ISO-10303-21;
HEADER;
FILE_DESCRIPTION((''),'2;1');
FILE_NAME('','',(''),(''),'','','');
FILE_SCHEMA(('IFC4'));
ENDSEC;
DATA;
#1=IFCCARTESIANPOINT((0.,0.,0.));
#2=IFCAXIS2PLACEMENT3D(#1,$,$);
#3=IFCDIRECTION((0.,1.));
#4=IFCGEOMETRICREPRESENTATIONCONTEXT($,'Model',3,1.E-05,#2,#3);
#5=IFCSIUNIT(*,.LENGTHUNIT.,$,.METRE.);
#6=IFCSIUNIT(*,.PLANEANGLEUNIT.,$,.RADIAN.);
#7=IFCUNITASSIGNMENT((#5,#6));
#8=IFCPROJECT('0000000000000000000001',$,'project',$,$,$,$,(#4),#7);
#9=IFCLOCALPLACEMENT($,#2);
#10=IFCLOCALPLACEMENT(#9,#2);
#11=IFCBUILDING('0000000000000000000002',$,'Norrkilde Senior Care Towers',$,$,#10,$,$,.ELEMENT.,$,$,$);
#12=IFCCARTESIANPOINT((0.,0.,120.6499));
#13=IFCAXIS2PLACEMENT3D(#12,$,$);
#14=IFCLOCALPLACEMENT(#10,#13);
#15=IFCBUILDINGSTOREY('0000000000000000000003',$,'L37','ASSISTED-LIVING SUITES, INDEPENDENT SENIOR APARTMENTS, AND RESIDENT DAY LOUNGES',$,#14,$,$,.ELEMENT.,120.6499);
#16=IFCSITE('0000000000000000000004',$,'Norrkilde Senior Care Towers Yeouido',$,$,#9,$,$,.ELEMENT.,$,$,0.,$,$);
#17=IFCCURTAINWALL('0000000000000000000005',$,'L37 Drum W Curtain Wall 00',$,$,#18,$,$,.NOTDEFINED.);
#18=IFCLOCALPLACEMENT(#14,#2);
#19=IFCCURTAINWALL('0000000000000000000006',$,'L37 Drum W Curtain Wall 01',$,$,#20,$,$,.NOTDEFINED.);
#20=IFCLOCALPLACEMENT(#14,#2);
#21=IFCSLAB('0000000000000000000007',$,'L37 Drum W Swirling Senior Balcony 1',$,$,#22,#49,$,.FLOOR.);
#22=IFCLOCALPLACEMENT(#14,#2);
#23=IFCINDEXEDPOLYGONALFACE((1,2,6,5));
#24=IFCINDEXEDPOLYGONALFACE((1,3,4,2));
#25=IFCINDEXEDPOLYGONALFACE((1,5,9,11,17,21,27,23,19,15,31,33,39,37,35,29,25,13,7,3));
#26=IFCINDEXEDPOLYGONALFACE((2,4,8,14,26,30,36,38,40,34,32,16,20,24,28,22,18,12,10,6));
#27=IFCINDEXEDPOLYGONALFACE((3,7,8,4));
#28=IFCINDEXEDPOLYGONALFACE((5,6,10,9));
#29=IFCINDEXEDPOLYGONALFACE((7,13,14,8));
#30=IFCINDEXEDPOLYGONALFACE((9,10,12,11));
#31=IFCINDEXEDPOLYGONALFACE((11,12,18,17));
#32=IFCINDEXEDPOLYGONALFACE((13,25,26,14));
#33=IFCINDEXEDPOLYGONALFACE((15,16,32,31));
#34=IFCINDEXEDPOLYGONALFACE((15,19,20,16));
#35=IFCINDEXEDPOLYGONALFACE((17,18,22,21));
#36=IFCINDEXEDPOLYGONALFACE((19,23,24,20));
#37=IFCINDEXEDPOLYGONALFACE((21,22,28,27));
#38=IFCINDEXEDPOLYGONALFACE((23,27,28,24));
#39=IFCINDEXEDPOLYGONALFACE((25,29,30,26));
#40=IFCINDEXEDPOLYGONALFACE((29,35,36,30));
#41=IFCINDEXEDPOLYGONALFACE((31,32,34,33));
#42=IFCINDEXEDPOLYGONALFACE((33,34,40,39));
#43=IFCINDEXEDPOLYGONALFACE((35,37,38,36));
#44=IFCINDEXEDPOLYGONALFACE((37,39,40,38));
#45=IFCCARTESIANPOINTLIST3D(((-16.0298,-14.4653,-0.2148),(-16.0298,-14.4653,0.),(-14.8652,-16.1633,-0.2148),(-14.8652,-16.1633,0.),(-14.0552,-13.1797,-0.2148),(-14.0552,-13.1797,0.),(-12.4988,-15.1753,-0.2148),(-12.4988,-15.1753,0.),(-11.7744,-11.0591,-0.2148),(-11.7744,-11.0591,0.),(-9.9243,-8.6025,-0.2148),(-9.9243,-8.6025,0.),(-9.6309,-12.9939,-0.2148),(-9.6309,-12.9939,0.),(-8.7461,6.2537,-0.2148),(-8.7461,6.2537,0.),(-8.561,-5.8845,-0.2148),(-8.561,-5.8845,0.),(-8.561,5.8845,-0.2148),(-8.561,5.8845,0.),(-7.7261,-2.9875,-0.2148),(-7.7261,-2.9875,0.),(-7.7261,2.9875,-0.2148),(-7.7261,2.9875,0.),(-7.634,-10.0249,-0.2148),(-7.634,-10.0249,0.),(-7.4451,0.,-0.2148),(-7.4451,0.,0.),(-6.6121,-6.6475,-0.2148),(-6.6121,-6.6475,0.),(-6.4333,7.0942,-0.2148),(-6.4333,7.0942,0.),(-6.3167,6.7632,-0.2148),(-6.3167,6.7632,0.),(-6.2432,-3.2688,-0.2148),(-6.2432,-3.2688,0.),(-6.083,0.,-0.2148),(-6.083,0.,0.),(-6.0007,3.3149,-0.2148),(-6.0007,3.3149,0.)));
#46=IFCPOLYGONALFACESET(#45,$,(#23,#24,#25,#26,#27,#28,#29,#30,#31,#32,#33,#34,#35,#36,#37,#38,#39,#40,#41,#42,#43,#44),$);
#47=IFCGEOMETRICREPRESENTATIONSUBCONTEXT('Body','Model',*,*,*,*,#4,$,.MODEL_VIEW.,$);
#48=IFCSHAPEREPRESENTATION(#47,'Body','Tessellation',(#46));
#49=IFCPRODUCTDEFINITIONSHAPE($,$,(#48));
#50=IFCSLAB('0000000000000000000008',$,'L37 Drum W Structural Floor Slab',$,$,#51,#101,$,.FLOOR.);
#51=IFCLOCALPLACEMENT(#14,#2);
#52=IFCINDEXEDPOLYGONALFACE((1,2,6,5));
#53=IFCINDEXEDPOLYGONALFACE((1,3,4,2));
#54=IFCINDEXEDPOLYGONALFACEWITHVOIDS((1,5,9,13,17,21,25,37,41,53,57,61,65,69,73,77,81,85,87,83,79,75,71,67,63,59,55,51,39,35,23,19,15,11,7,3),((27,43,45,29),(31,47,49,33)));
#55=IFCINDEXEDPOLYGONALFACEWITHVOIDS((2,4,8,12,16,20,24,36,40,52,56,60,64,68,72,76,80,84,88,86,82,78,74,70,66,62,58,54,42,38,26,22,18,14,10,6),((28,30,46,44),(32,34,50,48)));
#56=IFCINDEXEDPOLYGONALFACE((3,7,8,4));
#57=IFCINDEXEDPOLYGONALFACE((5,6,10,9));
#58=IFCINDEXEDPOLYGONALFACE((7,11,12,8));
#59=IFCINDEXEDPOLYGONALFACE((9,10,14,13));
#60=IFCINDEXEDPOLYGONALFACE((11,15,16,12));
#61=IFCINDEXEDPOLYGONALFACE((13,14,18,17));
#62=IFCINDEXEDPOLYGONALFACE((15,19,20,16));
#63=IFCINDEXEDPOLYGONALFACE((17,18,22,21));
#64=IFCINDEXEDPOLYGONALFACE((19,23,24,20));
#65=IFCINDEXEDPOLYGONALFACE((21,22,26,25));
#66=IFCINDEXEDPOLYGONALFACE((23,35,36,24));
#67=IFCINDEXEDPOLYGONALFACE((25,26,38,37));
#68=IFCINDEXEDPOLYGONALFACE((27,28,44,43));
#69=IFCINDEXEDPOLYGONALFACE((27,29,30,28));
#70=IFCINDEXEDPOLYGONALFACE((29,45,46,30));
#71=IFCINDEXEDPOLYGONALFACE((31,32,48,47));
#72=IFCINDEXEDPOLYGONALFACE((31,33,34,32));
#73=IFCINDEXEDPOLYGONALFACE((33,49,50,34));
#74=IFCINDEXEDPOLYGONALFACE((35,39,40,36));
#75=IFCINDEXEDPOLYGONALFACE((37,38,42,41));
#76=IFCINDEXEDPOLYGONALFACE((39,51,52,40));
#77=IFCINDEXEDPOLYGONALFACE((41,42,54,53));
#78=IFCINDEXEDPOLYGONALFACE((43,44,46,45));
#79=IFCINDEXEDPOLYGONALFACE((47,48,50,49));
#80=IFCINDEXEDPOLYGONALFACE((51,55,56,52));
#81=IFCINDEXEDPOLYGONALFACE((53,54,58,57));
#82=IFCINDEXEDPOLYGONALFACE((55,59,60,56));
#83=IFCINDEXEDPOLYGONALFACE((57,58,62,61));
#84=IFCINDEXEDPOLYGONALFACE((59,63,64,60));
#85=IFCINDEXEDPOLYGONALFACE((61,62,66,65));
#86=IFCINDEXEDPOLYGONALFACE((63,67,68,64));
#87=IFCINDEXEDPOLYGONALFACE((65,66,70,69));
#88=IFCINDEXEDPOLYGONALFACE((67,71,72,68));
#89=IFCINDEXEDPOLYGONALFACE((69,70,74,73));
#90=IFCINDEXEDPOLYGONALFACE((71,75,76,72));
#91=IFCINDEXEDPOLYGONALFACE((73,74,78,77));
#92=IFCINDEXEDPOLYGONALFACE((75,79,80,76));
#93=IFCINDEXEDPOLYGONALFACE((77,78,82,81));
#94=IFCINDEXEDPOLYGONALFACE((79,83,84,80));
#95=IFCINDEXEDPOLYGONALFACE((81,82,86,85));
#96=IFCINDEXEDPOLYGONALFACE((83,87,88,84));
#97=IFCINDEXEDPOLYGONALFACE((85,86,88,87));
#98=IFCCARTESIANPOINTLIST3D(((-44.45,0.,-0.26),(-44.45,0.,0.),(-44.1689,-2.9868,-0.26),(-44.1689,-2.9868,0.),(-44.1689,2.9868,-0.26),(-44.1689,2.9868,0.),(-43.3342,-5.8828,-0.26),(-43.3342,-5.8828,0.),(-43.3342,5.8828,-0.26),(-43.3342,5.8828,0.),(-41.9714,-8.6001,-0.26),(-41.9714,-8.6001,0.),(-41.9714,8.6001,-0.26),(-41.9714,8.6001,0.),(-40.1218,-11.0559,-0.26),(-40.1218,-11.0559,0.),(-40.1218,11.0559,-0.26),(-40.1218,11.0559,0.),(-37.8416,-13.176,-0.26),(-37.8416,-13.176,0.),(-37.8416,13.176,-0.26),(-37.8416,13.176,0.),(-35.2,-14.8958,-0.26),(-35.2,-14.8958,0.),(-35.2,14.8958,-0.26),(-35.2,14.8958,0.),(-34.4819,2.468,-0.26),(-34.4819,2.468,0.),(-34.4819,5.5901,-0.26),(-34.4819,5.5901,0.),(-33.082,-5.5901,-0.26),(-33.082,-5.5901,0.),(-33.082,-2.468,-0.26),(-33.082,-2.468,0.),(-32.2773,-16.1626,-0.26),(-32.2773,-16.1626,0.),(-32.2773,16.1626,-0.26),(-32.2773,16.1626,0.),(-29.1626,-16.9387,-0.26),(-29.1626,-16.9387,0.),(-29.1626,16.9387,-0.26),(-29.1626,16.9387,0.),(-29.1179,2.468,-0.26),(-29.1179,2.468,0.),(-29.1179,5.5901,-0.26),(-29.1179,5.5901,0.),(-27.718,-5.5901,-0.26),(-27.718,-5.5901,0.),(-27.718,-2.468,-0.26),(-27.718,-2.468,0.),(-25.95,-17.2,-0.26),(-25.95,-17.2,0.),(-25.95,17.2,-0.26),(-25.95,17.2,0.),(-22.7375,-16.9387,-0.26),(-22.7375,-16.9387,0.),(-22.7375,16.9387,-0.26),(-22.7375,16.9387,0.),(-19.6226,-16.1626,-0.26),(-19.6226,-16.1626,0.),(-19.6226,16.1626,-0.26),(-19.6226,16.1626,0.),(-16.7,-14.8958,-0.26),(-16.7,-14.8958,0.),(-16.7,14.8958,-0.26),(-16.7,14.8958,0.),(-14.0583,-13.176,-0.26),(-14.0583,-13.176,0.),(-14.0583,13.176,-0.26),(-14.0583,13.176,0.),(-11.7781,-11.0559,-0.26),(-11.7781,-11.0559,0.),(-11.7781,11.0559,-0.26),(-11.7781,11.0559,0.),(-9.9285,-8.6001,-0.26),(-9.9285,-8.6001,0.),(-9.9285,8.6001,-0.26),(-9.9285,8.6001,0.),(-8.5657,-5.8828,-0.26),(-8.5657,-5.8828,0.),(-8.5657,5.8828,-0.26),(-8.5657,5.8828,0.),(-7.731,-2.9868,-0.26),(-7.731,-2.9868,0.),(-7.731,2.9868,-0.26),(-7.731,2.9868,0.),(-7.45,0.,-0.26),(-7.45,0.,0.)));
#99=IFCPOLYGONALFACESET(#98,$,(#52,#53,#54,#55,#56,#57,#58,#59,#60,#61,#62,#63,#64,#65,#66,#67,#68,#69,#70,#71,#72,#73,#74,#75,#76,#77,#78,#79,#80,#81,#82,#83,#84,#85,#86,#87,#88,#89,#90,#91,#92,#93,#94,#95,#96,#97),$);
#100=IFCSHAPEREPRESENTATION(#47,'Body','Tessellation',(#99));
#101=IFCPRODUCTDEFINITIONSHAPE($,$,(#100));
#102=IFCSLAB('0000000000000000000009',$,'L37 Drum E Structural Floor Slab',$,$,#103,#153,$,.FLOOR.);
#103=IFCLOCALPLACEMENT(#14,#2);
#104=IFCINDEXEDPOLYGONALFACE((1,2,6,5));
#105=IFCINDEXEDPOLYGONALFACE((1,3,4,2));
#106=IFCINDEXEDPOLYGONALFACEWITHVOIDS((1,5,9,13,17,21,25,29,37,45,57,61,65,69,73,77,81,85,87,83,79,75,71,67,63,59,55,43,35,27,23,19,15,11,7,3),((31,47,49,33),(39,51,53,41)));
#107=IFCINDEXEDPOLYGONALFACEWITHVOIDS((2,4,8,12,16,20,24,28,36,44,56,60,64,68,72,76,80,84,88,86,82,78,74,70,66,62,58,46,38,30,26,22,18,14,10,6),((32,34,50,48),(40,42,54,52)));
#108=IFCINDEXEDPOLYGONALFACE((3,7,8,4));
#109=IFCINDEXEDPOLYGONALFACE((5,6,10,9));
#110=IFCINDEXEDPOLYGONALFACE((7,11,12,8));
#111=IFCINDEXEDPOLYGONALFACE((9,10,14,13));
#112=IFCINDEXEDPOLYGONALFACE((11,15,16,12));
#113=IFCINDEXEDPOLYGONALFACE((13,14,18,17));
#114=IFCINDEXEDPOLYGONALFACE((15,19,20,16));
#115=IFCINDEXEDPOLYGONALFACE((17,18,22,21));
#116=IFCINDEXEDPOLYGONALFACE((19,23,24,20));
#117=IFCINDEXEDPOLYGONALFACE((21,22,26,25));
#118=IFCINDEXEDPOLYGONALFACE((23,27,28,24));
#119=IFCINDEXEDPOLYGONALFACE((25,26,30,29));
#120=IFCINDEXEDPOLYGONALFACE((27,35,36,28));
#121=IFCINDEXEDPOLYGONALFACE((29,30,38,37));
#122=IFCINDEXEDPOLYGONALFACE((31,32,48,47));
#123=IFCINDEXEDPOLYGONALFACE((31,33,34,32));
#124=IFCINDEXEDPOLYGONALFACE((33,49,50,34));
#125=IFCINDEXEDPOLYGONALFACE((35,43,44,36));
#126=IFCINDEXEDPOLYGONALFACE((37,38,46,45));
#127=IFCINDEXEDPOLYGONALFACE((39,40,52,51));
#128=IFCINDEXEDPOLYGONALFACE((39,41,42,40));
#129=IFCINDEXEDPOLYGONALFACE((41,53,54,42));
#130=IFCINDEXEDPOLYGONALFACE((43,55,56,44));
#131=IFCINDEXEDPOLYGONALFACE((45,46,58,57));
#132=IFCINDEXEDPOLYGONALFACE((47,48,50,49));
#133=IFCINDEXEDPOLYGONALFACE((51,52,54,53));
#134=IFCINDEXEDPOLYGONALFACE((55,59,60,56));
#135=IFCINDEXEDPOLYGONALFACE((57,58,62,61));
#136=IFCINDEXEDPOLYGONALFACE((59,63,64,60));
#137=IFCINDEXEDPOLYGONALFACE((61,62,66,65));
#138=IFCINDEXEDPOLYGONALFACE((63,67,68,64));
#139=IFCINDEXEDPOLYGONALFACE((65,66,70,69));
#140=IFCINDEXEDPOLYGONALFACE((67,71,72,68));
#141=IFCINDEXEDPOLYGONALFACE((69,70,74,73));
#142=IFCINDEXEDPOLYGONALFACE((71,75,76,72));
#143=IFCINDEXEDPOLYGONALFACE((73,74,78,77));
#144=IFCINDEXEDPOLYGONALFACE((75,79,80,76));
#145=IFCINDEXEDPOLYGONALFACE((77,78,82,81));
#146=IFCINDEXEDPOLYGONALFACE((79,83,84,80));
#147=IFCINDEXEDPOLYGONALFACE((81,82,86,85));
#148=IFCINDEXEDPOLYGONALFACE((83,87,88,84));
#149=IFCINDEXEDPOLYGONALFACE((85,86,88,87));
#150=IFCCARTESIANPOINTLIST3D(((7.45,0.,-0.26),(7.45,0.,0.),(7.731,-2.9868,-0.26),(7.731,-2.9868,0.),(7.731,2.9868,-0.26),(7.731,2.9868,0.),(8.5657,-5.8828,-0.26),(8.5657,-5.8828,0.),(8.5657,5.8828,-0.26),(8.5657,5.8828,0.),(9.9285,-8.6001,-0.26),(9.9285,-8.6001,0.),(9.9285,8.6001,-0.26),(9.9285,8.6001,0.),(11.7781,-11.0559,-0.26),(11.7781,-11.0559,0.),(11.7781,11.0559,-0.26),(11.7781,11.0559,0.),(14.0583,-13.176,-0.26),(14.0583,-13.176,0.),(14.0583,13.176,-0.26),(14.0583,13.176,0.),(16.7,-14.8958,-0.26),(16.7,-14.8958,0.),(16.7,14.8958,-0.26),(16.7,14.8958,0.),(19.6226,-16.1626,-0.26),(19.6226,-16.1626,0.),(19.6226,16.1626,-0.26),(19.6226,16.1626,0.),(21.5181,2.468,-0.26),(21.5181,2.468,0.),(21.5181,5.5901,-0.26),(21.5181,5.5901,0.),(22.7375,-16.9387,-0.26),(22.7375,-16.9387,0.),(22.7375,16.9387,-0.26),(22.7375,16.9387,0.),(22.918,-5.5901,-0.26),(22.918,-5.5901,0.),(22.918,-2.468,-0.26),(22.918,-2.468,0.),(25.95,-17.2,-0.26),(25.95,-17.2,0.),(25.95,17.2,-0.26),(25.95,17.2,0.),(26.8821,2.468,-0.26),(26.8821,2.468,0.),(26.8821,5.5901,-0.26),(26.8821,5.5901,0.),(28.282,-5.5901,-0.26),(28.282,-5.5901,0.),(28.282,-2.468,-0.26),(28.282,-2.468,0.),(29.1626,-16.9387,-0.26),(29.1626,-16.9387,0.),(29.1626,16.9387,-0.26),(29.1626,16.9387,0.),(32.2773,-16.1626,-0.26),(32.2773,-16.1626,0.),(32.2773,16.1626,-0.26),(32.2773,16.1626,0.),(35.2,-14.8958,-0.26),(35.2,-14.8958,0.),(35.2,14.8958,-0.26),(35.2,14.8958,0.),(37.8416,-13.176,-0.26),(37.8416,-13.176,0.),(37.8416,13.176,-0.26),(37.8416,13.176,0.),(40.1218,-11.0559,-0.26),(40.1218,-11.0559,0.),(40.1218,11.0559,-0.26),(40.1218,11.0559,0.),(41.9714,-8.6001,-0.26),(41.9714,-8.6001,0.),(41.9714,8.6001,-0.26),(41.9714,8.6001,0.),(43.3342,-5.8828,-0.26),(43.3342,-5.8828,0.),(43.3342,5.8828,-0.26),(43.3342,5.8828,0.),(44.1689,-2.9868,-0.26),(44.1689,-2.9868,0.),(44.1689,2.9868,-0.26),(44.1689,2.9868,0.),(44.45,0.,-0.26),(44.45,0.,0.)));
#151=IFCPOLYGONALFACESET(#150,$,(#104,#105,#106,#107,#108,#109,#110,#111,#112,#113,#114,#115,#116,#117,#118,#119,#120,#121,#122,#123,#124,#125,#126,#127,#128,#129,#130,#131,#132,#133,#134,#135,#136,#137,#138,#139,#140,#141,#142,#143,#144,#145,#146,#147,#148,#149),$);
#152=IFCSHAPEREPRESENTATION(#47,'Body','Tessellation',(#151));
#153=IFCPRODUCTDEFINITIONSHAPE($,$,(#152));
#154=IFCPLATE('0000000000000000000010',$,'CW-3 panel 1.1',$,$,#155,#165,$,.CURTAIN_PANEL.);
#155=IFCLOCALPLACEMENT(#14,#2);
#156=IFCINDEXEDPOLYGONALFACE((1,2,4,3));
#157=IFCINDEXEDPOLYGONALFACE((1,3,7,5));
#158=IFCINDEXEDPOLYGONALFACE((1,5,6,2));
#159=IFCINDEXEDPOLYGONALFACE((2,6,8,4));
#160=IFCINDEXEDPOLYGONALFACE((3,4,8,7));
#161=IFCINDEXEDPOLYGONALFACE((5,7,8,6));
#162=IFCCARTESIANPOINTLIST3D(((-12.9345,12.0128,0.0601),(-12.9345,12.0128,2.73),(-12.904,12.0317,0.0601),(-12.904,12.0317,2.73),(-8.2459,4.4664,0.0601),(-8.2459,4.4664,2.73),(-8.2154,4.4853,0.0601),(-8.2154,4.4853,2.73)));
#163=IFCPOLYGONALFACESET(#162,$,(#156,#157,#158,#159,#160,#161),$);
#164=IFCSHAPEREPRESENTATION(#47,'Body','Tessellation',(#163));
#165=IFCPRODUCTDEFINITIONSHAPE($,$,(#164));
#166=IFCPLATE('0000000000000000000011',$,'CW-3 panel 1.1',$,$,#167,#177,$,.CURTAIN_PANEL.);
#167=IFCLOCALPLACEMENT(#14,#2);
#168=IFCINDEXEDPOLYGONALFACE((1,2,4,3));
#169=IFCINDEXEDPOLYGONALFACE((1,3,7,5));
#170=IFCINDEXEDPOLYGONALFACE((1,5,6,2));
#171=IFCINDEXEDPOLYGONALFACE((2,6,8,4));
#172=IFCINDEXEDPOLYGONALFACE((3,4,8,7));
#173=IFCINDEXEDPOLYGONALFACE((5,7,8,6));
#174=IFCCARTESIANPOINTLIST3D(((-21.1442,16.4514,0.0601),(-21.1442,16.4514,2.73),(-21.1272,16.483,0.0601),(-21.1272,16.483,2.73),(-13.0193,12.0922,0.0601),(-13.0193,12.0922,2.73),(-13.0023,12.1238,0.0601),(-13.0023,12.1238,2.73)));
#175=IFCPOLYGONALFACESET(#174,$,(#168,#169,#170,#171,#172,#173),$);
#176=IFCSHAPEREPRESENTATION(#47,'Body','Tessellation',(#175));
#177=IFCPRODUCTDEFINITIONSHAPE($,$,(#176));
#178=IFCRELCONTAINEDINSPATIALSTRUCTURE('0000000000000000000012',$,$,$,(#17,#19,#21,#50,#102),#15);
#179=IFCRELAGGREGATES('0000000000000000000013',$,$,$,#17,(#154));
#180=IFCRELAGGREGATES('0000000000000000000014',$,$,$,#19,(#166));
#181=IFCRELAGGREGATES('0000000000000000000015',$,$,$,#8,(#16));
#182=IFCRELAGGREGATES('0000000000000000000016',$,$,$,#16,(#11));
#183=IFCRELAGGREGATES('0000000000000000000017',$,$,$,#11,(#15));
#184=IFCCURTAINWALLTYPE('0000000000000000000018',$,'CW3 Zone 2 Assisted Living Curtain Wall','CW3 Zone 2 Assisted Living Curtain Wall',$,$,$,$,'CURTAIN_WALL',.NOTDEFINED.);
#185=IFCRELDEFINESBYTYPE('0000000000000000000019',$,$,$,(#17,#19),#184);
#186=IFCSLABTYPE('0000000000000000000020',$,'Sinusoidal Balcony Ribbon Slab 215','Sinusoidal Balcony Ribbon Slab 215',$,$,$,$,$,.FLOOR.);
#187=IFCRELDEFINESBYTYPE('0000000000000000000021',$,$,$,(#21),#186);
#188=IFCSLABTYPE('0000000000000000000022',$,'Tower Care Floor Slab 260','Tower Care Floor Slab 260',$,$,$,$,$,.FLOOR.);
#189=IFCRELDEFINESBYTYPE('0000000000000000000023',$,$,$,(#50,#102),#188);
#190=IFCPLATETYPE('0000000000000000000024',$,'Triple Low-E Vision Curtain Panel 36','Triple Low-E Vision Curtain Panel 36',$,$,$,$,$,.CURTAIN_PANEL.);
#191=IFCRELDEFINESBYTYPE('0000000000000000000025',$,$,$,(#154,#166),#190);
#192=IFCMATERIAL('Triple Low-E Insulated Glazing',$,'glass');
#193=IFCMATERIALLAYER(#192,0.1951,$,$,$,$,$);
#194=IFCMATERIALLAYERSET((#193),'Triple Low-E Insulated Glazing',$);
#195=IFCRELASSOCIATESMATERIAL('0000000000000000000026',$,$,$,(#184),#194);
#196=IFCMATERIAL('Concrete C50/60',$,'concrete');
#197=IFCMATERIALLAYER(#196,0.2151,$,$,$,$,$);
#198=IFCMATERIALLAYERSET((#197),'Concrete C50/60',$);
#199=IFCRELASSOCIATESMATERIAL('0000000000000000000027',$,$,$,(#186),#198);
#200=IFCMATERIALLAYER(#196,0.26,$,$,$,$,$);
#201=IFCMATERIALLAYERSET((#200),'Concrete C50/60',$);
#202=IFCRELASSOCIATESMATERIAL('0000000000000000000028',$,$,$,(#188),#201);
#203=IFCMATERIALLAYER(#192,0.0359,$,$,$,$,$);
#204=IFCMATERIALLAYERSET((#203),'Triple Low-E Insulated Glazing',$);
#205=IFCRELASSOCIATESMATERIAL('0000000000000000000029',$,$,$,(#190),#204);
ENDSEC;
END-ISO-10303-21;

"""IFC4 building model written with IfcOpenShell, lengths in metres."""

from ifc_helpers import new_model, si_unit, direction, frame, origin, origin_2d, place, context, subcontext, project, spatial, polyline, rectangle, outline, extrude, source, transform, mapped, material, layer, layer_set, type_object, type_shapes, element, aggregate, save


model = new_model("IFC4")

# Units and contexts
model_context = context("Model", 3, precision=1e-05, world=origin(), true_north=direction((0.0, 1.0)))
body_context = subcontext(model_context, "Body", "Model", "MODEL_VIEW")
ifc_project = project(units=[si_unit("LENGTHUNIT", "METRE"), si_unit("PLANEANGLEUNIT", "RADIAN")], contexts=[model_context])

# Site, building, storey
site_placement = place(None, origin())
site = spatial("IfcSite", under=ifc_project, at=site_placement, Name="Norrkilde Senior Care Towers Yeouido", CompositionType="ELEMENT", RefElevation=0.0)
building_placement = place(site_placement, origin())
building = spatial("IfcBuilding", under=site, at=building_placement, Name="Norrkilde Senior Care Towers", CompositionType="ELEMENT")
storey_placement = place(building_placement, frame((0.0, 0.0, 120.6499)))
storey = spatial("IfcBuildingStorey", under=building, at=storey_placement, Name="L37", Description="ASSISTED-LIVING SUITES, INDEPENDENT SENIOR APARTMENTS, AND RESIDENT DAY LOUNGES", CompositionType="ELEMENT", Elevation=120.6499)

# Curtain wall
ifc_material_1 = material(Name="Triple Low-E Insulated Glazing", Category="glass")
ifc_layer_1 = layer(ifc_material_1, 0.1951)
ifc_layer_set_1 = layer_set([ifc_layer_1], Name="Triple Low-E Insulated Glazing")
curtain_wall_type = type_object("IfcCurtainWallType", Name="CW3 Zone 2 Assisted Living Curtain Wall", Description="CW3 Zone 2 Assisted Living Curtain Wall", ElementType="CURTAIN_WALL", PredefinedType="NOTDEFINED", material=ifc_layer_set_1)
curtain_wall_1_placement = place(storey_placement, origin())
curtain_wall_1 = element("IfcCurtainWall", 1, at=curtain_wall_1_placement, inside=storey, type_object=curtain_wall_type, Name="L37 Drum W Curtain Wall 00", PredefinedType="NOTDEFINED")

# Curtain wall
curtain_wall_2_placement = place(storey_placement, origin())
curtain_wall_2 = element("IfcCurtainWall", 2, at=curtain_wall_2_placement, inside=storey, type_object=curtain_wall_type, Name="L37 Drum W Curtain Wall 01", PredefinedType="NOTDEFINED")

# Slabs
ifc_material_2 = material(Name="Concrete C50/60", Category="concrete")
ifc_layer_2 = layer(ifc_material_2, 0.2151)
ifc_layer_set_2 = layer_set([ifc_layer_2], Name="Concrete C50/60")
slab_type_1 = type_object("IfcSlabType", Name="Sinusoidal Balcony Ribbon Slab 215", Description="Sinusoidal Balcony Ribbon Slab 215", PredefinedType="FLOOR", material=ifc_layer_set_2)
slab_1_placement = place(storey_placement, frame((0.0, 0.0, -0.2148)))
element("IfcSlab", 3, at=slab_1_placement, inside=storey, type_object=slab_type_1, Name="L37 Drum W Swirling Senior Balcony 1", PredefinedType="FLOOR", context=body_context, shape_type="SweptSolid", body=[
    extrude(outline(polyline([(-7.634, -10.0249), (-9.6309, -12.9939), (-12.4988, -15.1753), (-14.8652, -16.1633), (-16.0298, -14.4653), (-14.0552, -13.1797), (-11.7744, -11.0591), (-9.9243, -8.6025), (-8.561, -5.8845), (-7.7261, -2.9875), (-7.4451, 0.0), (-7.7261, 2.9875), (-8.561, 5.8845), (-8.7461, 6.2537), (-6.4333, 7.0942), (-6.3167, 6.7632), (-6.0007, 3.3149), (-6.083, 0.0), (-6.2432, -3.2688), (-6.6121, -6.6475), (-7.634, -10.0249)])), origin(), (0.0, 0.0, 1.0), 0.2148),
])
ifc_layer_3 = layer(ifc_material_2, 0.26)
ifc_layer_set_3 = layer_set([ifc_layer_3], Name="Concrete C50/60")
slab_type_2 = type_object("IfcSlabType", Name="Tower Care Floor Slab 260", Description="Tower Care Floor Slab 260", PredefinedType="FLOOR", material=ifc_layer_set_3)
slab_2_placement = place(storey_placement, frame((0.0, 0.0, -0.26)))
element("IfcSlab", 4, at=slab_2_placement, inside=storey, type_object=slab_type_2, Name="L37 Drum W Structural Floor Slab", PredefinedType="FLOOR", context=body_context, shape_type="SweptSolid", body=[
    extrude(outline(polyline([(-8.5657, -5.8828), (-9.9285, -8.6001), (-11.7781, -11.0559), (-14.0583, -13.176), (-16.7, -14.8958), (-19.6226, -16.1626), (-22.7375, -16.9387), (-25.95, -17.2), (-29.1626, -16.9387), (-32.2773, -16.1626), (-35.2, -14.8958), (-37.8416, -13.176), (-40.1218, -11.0559), (-41.9714, -8.6001), (-43.3342, -5.8828), (-44.1689, -2.9868), (-44.45, 0.0), (-44.1689, 2.9868), (-43.3342, 5.8828), (-41.9714, 8.6001), (-40.1218, 11.0559), (-37.8416, 13.176), (-35.2, 14.8958), (-32.2773, 16.1626), (-29.1626, 16.9387), (-25.95, 17.2), (-22.7375, 16.9387), (-19.6226, 16.1626), (-16.7, 14.8958), (-14.0583, 13.176), (-11.7781, 11.0559), (-9.9285, 8.6001), (-8.5657, 5.8828), (-7.731, 2.9868), (-7.45, 0.0), (-7.731, -2.9868), (-8.5657, -5.8828)]), holes=[polyline([(-34.4819, 2.468), (-29.1179, 2.468), (-29.1179, 5.5901), (-34.4819, 5.5901), (-34.4819, 2.468)]), polyline([(-27.718, -5.5901), (-27.718, -2.468), (-33.082, -2.468), (-33.082, -5.5901), (-27.718, -5.5901)])]), origin(), (0.0, 0.0, 1.0), 0.26),
])
slab_3_placement = place(storey_placement, frame((0.0, 0.0, -0.26)))
element("IfcSlab", 5, at=slab_3_placement, inside=storey, type_object=slab_type_2, Name="L37 Drum E Structural Floor Slab", PredefinedType="FLOOR", context=body_context, shape_type="SweptSolid", body=[
    extrude(outline(polyline([(43.3342, -5.8828), (41.9714, -8.6001), (40.1218, -11.0559), (37.8416, -13.176), (35.2, -14.8958), (32.2773, -16.1626), (29.1626, -16.9387), (25.95, -17.2), (22.7375, -16.9387), (19.6226, -16.1626), (16.7, -14.8958), (14.0583, -13.176), (11.7781, -11.0559), (9.9285, -8.6001), (8.5657, -5.8828), (7.731, -2.9868), (7.45, 0.0), (7.731, 2.9868), (8.5657, 5.8828), (9.9285, 8.6001), (11.7781, 11.0559), (14.0583, 13.176), (16.7, 14.8958), (19.6226, 16.1626), (22.7375, 16.9387), (25.95, 17.2), (29.1626, 16.9387), (32.2773, 16.1626), (35.2, 14.8958), (37.8416, 13.176), (40.1218, 11.0559), (41.9714, 8.6001), (43.3342, 5.8828), (44.1689, 2.9868), (44.45, 0.0), (44.1689, -2.9868), (43.3342, -5.8828)]), holes=[polyline([(21.5181, 2.468), (26.8821, 2.468), (26.8821, 5.5901), (21.5181, 5.5901), (21.5181, 2.468)]), polyline([(28.282, -5.5901), (28.282, -2.468), (22.918, -2.468), (22.918, -5.5901), (28.282, -5.5901)])]), origin(), (0.0, 0.0, 1.0), 0.26),
])

# Plates
ifc_layer_4 = layer(ifc_material_1, 0.0359)
ifc_layer_set_4 = layer_set([ifc_layer_4], Name="Triple Low-E Insulated Glazing")
plate_type = type_object("IfcPlateType", Name="Triple Low-E Vision Curtain Panel 36", Description="Triple Low-E Vision Curtain Panel 36", PredefinedType="CURTAIN_PANEL", material=ifc_layer_set_4)
shared_shape_1 = source(origin(), body_context, "Body", "SweptSolid", [
    extrude(rectangle(XDim=8.8843, YDim=0.0359, at=origin_2d()), origin(), (0.0, 0.0, 1.0), 2.6699),
])
plate_1_placement = place(storey_placement, frame((-10.575, 8.249, 0.0601), z_axis=(0.0, 0.0, 1.0), x_axis=(0.527733, -0.84941, 0.0)))
plate_1 = element("IfcPlate", 6, at=plate_1_placement, type_object=plate_type, Name="CW-3 panel 1.1", PredefinedType="CURTAIN_PANEL", context=body_context, shape_type="MappedRepresentation", body=[
    mapped(shared_shape_1, transform((0.0, 0.0, 0.0), x_axis=(1.0, 0.0, 0.0), y_axis=(0.0, 1.0, 0.0), z_axis=(0.0, 0.0, 1.0), scale=1.0)),
])
aggregate(curtain_wall_1, [plate_1])
shared_shape_2 = source(origin(), body_context, "Body", "SweptSolid", [
    extrude(rectangle(XDim=9.2205, YDim=0.0359, at=origin_2d()), origin(), (0.0, 0.0, 1.0), 2.6699),
])
type_shapes(plate_type, [shared_shape_1, shared_shape_2])
plate_2_placement = place(storey_placement, frame((-17.0732, 14.2876, 0.0601), z_axis=(0.0, 0.0, 1.0), x_axis=(0.881186, -0.472769, 0.0)))
plate_2 = element("IfcPlate", 7, at=plate_2_placement, type_object=plate_type, Name="CW-3 panel 1.1", PredefinedType="CURTAIN_PANEL", context=body_context, shape_type="MappedRepresentation", body=[
    mapped(shared_shape_2, transform((0.0, 0.0, 0.0), x_axis=(1.0, 0.0, 0.0), y_axis=(0.0, 1.0, 0.0), z_axis=(0.0, 0.0, 1.0), scale=1.0)),
])
aggregate(curtain_wall_2, [plate_2])

save(model, "model.ifc")
